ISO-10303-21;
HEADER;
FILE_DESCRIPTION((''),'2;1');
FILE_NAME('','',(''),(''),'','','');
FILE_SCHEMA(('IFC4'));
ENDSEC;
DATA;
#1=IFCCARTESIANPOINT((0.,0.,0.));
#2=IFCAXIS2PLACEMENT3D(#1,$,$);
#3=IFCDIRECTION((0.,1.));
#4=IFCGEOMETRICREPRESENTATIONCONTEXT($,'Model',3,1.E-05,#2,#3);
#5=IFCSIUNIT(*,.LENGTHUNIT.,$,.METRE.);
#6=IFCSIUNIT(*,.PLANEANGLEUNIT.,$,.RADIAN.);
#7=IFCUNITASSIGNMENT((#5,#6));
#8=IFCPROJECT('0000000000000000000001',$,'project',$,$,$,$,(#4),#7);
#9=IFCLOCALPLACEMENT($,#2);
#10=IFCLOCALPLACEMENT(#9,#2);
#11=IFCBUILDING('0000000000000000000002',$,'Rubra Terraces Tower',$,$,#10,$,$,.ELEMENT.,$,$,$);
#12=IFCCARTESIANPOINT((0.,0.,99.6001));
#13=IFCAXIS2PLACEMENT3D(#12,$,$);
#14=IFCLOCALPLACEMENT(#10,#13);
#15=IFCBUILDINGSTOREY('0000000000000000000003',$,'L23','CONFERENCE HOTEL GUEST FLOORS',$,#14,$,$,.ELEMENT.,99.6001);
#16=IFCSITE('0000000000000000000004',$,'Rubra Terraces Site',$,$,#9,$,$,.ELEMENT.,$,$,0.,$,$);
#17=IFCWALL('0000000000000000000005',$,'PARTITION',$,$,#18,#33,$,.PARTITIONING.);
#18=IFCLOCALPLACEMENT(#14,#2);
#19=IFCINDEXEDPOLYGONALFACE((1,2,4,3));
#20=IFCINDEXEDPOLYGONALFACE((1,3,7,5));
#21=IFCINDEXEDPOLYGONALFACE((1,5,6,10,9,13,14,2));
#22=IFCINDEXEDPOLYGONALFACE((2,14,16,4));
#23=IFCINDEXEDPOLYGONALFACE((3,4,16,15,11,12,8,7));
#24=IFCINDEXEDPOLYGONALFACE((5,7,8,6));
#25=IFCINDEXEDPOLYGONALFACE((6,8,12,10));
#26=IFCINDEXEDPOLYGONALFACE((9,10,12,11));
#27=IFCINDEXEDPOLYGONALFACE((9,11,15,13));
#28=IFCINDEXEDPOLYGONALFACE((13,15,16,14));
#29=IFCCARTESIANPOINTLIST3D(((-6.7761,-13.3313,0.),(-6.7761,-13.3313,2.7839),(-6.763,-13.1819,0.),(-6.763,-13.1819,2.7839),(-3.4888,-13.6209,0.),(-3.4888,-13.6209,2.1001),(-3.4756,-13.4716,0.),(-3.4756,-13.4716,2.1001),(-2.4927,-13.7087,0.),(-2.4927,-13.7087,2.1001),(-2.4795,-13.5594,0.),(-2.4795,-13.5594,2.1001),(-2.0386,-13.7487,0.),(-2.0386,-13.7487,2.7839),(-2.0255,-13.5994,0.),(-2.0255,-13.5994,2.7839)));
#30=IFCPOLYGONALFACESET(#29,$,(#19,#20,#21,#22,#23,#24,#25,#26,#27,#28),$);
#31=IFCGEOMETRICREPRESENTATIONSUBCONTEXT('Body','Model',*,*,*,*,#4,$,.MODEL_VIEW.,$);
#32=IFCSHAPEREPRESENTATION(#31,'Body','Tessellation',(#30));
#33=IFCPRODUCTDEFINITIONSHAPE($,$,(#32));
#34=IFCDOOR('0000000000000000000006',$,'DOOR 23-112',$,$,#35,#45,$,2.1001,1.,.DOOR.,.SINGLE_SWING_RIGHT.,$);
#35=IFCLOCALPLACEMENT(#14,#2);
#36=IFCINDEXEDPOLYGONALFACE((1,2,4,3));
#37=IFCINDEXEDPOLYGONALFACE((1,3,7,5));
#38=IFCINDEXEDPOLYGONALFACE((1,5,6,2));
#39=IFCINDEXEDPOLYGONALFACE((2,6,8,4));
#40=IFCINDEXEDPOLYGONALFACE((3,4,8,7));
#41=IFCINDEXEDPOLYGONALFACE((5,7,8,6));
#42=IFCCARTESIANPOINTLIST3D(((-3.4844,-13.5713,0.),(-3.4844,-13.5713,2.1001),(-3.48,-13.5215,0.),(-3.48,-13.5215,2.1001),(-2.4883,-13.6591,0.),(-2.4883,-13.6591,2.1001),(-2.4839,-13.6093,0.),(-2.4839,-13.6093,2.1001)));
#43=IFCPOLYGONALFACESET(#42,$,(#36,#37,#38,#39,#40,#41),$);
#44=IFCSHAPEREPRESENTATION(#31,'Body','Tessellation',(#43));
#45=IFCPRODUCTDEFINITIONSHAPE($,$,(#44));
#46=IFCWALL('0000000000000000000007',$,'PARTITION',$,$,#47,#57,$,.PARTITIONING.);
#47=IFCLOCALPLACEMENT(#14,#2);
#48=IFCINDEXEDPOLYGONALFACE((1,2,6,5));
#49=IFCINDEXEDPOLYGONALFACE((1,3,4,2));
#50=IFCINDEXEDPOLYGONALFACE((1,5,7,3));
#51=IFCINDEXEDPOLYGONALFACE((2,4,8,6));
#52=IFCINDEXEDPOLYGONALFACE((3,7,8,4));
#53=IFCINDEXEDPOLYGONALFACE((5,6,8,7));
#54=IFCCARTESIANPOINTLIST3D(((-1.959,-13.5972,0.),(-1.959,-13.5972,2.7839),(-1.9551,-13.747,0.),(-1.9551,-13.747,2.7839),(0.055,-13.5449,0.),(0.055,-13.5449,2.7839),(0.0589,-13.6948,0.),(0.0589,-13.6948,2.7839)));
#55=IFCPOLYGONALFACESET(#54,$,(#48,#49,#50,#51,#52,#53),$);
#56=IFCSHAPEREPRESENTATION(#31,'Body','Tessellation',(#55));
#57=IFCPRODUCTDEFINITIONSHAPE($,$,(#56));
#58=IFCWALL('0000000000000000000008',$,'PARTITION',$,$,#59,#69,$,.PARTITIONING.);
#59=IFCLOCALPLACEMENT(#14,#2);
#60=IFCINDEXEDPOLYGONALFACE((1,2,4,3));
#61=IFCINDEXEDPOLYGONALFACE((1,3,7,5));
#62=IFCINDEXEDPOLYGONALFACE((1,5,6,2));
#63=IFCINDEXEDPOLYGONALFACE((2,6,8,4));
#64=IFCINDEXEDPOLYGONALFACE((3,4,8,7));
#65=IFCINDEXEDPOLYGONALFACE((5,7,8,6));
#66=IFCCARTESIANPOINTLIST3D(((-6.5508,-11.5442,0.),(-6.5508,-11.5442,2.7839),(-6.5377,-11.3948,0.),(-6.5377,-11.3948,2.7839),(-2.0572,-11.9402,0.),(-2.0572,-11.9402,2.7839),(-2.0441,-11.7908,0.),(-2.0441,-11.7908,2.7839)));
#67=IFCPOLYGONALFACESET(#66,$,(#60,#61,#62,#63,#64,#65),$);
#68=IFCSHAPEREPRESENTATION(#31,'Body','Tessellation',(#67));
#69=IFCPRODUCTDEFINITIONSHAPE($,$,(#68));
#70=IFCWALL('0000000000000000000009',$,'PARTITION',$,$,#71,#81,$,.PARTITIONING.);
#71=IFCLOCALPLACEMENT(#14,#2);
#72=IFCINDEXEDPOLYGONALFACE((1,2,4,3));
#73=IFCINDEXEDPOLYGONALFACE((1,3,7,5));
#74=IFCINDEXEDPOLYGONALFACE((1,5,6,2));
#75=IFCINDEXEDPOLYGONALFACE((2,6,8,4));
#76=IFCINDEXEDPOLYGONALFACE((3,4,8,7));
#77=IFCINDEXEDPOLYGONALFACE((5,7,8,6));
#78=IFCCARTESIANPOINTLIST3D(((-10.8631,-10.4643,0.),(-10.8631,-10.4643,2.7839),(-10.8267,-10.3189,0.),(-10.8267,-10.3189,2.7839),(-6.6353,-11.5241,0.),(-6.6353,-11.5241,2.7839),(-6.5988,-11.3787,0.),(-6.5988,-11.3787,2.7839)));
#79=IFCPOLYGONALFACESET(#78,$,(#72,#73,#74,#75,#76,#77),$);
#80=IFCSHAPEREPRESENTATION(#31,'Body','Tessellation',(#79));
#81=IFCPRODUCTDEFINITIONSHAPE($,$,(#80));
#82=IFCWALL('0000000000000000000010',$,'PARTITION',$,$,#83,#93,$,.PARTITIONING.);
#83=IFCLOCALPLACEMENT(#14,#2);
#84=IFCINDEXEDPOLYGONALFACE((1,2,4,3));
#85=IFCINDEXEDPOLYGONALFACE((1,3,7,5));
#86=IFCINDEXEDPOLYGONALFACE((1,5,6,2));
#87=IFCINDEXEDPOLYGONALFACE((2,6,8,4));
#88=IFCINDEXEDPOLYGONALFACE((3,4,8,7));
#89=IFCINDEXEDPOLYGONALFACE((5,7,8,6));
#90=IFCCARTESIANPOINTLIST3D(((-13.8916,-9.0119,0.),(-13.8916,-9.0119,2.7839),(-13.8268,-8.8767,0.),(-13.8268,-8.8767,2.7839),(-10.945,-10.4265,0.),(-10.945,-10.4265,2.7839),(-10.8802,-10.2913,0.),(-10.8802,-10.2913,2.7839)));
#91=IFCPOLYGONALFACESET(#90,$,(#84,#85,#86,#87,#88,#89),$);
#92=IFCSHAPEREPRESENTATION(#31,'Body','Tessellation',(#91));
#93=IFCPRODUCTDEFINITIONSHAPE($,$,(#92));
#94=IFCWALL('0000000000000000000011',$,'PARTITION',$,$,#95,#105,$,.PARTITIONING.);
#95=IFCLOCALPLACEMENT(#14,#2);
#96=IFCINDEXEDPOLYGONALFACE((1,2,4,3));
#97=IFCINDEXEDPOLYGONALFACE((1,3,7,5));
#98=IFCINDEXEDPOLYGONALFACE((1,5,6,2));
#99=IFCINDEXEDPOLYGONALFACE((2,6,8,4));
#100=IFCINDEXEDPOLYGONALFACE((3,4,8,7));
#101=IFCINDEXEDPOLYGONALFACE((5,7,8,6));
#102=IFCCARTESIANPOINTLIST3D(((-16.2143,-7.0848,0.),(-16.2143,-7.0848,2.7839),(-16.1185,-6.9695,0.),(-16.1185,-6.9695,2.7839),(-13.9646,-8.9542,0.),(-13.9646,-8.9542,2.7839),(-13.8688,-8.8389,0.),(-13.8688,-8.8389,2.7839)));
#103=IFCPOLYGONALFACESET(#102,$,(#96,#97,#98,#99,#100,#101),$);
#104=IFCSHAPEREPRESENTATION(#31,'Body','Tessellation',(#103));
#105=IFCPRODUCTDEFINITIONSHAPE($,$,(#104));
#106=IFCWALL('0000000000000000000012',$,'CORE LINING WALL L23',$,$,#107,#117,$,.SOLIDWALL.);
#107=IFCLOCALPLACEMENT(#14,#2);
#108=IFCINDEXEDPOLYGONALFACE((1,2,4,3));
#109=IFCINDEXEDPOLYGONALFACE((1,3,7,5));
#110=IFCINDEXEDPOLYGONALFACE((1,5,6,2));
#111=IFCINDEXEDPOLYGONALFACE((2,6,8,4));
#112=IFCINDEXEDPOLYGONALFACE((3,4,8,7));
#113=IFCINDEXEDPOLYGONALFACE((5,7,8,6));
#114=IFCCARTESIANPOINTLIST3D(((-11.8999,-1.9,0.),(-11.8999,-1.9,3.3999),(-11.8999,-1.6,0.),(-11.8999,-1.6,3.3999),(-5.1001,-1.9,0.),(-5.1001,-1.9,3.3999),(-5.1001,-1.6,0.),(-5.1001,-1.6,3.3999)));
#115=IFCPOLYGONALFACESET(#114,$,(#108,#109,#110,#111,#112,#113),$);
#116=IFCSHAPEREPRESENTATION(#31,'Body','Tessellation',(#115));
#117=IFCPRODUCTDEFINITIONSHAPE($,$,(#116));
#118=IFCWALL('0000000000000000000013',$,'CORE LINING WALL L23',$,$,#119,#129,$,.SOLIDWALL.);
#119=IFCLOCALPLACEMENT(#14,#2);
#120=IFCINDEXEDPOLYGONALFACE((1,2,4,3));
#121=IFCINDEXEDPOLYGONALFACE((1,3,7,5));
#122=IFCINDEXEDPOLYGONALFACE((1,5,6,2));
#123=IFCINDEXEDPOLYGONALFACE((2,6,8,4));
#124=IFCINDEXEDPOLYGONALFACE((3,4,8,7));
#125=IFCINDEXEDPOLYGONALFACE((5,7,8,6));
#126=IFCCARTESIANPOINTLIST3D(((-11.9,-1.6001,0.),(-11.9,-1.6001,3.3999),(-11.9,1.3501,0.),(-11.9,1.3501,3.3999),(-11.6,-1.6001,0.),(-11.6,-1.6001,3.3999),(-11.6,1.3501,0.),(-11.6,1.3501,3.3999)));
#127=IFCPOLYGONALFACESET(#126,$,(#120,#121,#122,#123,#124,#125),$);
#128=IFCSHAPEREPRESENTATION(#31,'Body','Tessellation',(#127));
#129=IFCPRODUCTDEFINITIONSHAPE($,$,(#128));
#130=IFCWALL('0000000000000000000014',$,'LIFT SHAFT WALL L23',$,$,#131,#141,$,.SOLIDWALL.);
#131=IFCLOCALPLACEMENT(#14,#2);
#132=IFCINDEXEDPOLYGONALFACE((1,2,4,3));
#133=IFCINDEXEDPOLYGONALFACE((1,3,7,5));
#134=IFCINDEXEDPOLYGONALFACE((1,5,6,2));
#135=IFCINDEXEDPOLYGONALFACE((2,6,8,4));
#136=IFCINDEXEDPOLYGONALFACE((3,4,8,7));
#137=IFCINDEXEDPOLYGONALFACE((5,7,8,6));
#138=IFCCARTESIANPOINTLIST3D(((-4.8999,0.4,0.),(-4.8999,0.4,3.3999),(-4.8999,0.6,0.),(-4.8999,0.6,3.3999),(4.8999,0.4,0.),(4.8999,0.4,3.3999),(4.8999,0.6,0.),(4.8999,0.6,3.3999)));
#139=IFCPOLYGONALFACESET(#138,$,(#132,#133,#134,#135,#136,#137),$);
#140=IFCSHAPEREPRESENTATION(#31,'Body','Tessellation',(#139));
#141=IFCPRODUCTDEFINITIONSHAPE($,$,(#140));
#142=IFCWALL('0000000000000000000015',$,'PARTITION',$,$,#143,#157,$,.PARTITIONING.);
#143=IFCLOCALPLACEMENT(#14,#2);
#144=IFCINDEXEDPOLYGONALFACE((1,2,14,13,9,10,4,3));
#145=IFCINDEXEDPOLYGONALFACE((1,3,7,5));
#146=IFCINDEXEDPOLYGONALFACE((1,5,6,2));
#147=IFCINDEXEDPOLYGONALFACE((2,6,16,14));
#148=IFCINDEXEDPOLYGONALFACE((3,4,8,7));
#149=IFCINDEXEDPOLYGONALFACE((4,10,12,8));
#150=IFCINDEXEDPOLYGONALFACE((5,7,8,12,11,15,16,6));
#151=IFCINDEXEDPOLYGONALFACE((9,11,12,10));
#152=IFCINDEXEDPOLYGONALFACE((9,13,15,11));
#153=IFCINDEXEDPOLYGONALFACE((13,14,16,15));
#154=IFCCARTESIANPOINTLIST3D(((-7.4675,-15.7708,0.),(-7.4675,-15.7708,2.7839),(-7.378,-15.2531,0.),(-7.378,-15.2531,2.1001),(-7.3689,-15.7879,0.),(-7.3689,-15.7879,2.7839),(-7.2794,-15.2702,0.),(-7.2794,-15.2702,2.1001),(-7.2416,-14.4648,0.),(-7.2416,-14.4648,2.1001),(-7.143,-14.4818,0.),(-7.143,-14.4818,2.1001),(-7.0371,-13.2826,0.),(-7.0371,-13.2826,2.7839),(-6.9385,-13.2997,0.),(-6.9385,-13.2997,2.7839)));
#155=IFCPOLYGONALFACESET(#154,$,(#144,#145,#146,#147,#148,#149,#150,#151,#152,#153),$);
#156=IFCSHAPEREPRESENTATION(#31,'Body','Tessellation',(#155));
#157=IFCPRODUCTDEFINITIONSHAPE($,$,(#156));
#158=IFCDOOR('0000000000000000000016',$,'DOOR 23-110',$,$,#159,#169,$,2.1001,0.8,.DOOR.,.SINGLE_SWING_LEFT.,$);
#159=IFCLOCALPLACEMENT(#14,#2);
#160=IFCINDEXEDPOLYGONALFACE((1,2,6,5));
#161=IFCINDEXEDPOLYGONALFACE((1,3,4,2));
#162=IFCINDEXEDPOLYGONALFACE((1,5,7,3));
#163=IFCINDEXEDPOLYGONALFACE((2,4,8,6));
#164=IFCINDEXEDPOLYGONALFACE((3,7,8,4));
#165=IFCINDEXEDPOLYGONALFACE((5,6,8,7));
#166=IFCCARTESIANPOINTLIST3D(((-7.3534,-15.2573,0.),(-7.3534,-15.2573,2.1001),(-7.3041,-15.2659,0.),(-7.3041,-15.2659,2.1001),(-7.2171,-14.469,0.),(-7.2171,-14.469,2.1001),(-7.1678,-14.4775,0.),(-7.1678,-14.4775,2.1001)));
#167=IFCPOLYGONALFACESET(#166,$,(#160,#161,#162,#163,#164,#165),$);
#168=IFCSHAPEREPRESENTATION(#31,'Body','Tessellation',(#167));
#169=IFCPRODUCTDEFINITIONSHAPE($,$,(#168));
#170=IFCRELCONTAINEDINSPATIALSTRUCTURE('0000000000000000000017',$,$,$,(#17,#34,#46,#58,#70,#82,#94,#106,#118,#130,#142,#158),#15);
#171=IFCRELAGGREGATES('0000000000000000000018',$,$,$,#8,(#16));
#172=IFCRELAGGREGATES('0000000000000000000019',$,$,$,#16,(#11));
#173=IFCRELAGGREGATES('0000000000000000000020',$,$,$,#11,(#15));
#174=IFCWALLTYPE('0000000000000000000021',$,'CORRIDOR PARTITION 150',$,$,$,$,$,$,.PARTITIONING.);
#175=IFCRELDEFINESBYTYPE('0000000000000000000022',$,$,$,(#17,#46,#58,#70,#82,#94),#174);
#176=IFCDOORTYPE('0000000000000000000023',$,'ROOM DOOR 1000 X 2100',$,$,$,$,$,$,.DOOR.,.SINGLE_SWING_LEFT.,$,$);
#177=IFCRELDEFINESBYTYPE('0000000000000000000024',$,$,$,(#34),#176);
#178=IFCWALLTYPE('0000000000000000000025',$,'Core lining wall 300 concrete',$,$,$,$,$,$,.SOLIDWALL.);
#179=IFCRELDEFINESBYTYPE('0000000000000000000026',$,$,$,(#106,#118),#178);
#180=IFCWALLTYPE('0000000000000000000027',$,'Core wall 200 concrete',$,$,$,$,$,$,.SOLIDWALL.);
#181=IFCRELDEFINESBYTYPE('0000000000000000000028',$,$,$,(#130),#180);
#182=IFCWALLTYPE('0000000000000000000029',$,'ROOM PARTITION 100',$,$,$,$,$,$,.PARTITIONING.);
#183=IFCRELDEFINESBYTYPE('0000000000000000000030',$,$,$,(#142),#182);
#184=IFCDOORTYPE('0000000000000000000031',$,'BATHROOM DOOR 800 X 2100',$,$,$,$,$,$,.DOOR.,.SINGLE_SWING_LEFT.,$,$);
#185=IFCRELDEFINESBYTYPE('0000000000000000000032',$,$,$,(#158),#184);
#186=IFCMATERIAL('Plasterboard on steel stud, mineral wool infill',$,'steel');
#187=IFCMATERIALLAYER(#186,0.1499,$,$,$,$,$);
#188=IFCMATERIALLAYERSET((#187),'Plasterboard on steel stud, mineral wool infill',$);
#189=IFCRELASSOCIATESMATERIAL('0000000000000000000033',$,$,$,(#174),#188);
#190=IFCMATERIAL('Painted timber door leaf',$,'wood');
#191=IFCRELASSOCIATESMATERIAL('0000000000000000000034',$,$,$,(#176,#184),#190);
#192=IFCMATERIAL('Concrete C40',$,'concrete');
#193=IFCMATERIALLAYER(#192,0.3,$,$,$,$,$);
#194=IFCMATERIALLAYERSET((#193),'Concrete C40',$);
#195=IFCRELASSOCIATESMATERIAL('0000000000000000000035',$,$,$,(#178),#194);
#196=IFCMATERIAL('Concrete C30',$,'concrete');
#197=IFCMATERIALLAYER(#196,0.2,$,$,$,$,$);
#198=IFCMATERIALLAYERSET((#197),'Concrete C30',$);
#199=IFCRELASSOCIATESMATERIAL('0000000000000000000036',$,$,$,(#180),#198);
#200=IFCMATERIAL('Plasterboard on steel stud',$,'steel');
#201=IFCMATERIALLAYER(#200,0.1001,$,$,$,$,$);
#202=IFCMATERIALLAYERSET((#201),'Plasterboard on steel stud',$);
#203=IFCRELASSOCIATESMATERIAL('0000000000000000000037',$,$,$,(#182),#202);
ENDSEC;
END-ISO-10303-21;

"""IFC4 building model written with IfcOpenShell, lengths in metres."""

from ifc_helpers import new_model, si_unit, direction, frame, frame_2d, origin, place, context, subcontext, project, spatial, rectangle, extrude, material, layer, layer_set, type_object, element, fill, save


model = new_model("IFC4")

# Units and contexts
model_context = context("Model", 3, precision=1e-05, world=origin(), true_north=direction((0.0, 1.0)))
body_context = subcontext(model_context, "Body", "Model", "MODEL_VIEW")
ifc_project = project(units=[si_unit("LENGTHUNIT", "METRE"), si_unit("PLANEANGLEUNIT", "RADIAN")], contexts=[model_context])

# Site, building, storey
site_placement = place(None, origin())
site = spatial("IfcSite", under=ifc_project, at=site_placement, Name="Rubra Terraces Site", CompositionType="ELEMENT", RefElevation=0.0)
building_placement = place(site_placement, origin())
building = spatial("IfcBuilding", under=site, at=building_placement, Name="Rubra Terraces Tower", CompositionType="ELEMENT")
storey_placement = place(building_placement, frame((0.0, 0.0, 99.6001)))
storey = spatial("IfcBuildingStorey", under=building, at=storey_placement, Name="L23", Description="CONFERENCE HOTEL GUEST FLOORS", CompositionType="ELEMENT", Elevation=99.6001)

# Shared definitions
ifc_material_1 = material(Name="Concrete C40", Category="concrete")

# Shared definitions
ifc_material_2 = material(Name="Plasterboard on steel stud, mineral wool infill", Category="steel")
ifc_layer_1 = layer(ifc_material_2, 0.1499)
ifc_layer_set_1 = layer_set([ifc_layer_1], Name="Plasterboard on steel stud, mineral wool infill")
wall_type_1 = type_object("IfcWallType", Name="CORRIDOR PARTITION 150", PredefinedType="PARTITIONING", material=ifc_layer_set_1)

# Wall, opening, door
wall_1_placement = place(storey_placement, frame((-6.7695, -13.2566, 0.0), z_axis=(0.0, 0.0, 1.0), x_axis=(0.99614, -0.087781, 0.0)))
wall_1 = element("IfcWall", 1, at=wall_1_placement, inside=storey, type_object=wall_type_1, Name="PARTITION", PredefinedType="PARTITIONING", context=body_context, shape_type="SweptSolid", body=[
    extrude(rectangle(XDim=4.7559, YDim=0.1499, at=frame_2d((2.3779, 0.0))), origin(), (0.0, 0.0, 1.0), 2.7839),
])
opening_1_placement = place(wall_1_placement, frame((3.3, 0.0, 0.0)))
opening_1 = element("IfcOpeningElement", 2, at=opening_1_placement, cuts=wall_1, PredefinedType="OPENING", context=body_context, shape_type="SweptSolid", body=[
    extrude(rectangle(XDim=1.0, YDim=2.1001, at=frame_2d((0.5, 1.05))), frame((0.0, 0.085, 0.0), z_axis=(0.0, -1.0, 0.0), x_axis=(1.0, 0.0, 0.0)), (0.0, 0.0, 1.0), 0.1699),
])
ifc_material_3 = material(Name="Painted timber door leaf", Category="wood")
door_type_1 = type_object("IfcDoorType", Name="ROOM DOOR 1000 X 2100", OperationType="SINGLE_SWING_LEFT", PredefinedType="DOOR", material=ifc_material_3)
door_1_placement = place(opening_1_placement, origin())
door_1 = element("IfcDoor", 3, at=door_1_placement, inside=storey, type_object=door_type_1, Name="DOOR 23-112", OperationType="SINGLE_SWING_RIGHT", OverallHeight=2.1001, OverallWidth=1.0, PredefinedType="DOOR", context=body_context, shape_type="SweptSolid", body=[
    extrude(rectangle(XDim=1.0, YDim=2.1001, at=frame_2d((0.5, 1.05))), frame((0.0, 0.0249, 0.0), z_axis=(0.0, -1.0, 0.0), x_axis=(1.0, 0.0, 0.0)), (0.0, 0.0, 1.0), 0.05),
])
fill(opening_1, door_1)

# Walls
wall_2_placement = place(storey_placement, frame((-1.957, -13.6721, 0.0), z_axis=(0.0, 0.0, 1.0), x_axis=(0.999664, 0.025934, 0.0)))
element("IfcWall", 4, at=wall_2_placement, inside=storey, type_object=wall_type_1, Name="PARTITION", PredefinedType="PARTITIONING", context=body_context, shape_type="SweptSolid", body=[
    extrude(rectangle(XDim=2.0146, YDim=0.1499, at=frame_2d((1.0073, 0.0))), origin(), (0.0, 0.0, 1.0), 2.7839),
])
wall_3_placement = place(storey_placement, frame((-2.0508, -11.8655, 0.0), z_axis=(0.0, 0.0, 1.0), x_axis=(-0.99614, 0.087783, 0.0)))
element("IfcWall", 5, at=wall_3_placement, inside=storey, type_object=wall_type_1, Name="PARTITION", PredefinedType="PARTITIONING", context=body_context, shape_type="SweptSolid", body=[
    extrude(rectangle(XDim=4.511, YDim=0.1499, at=frame_2d((2.2554, 0.0))), origin(), (0.0, 0.0, 1.0), 2.7839),
])
wall_4_placement = place(storey_placement, frame((-6.6172, -11.4514, 0.0), z_axis=(0.0, 0.0, 1.0), x_axis=(-0.969987, 0.243155, 0.0)))
element("IfcWall", 6, at=wall_4_placement, inside=storey, type_object=wall_type_1, Name="PARTITION", PredefinedType="PARTITIONING", context=body_context, shape_type="SweptSolid", body=[
    extrude(rectangle(XDim=4.3586, YDim=0.1499, at=frame_2d((2.1792, 0.0))), origin(), (0.0, 0.0, 1.0), 2.7839),
])
wall_5_placement = place(storey_placement, frame((-10.9126, -10.3589, 0.0), z_axis=(0.0, 0.0, 1.0), x_axis=(-0.901497, 0.432784, 0.0)))
element("IfcWall", 7, at=wall_5_placement, inside=storey, type_object=wall_type_1, Name="PARTITION", PredefinedType="PARTITIONING", context=body_context, shape_type="SweptSolid", body=[
    extrude(rectangle(XDim=3.2686, YDim=0.1499, at=frame_2d((1.6343, 0.0))), origin(), (0.0, 0.0, 1.0), 2.7839),
])
wall_6_placement = place(storey_placement, frame((-13.9167, -8.8965, 0.0), z_axis=(0.0, 0.0, 1.0), x_axis=(-0.76913, 0.639092, 0.0)))
element("IfcWall", 8, at=wall_6_placement, inside=storey, type_object=wall_type_1, Name="PARTITION", PredefinedType="PARTITIONING", context=body_context, shape_type="SweptSolid", body=[
    extrude(rectangle(XDim=2.925, YDim=0.1499, at=frame_2d((1.4624, 0.0))), origin(), (0.0, 0.0, 1.0), 2.7839),
])
ifc_layer_2 = layer(ifc_material_1, 0.3)
ifc_layer_set_2 = layer_set([ifc_layer_2], Name="Concrete C40")
wall_type_2 = type_object("IfcWallType", Name="Core lining wall 300 concrete", PredefinedType="SOLIDWALL", material=ifc_layer_set_2)
wall_7_placement = place(storey_placement, frame((-11.8999, -1.75, 0.0), z_axis=(0.0, 0.0, 1.0), x_axis=(1.0, 0.0, 0.0)))
element("IfcWall", 9, at=wall_7_placement, inside=storey, type_object=wall_type_2, Name="CORE LINING WALL L23", PredefinedType="SOLIDWALL", context=body_context, shape_type="SweptSolid", body=[
    extrude(rectangle(XDim=6.7998, YDim=0.3, at=frame_2d((3.3999, 0.0))), origin(), (0.0, 0.0, 1.0), 3.3999),
])
wall_8_placement = place(storey_placement, frame((-11.75, -1.6001, 0.0), z_axis=(0.0, 0.0, 1.0), x_axis=(0.0, 1.0, 0.0)))
element("IfcWall", 10, at=wall_8_placement, inside=storey, type_object=wall_type_2, Name="CORE LINING WALL L23", PredefinedType="SOLIDWALL", context=body_context, shape_type="SweptSolid", body=[
    extrude(rectangle(XDim=2.9502, YDim=0.3, at=frame_2d((1.4751, 0.0))), origin(), (0.0, 0.0, 1.0), 3.3999),
])
ifc_material_4 = material(Name="Concrete C30", Category="concrete")
ifc_layer_3 = layer(ifc_material_4, 0.2)
ifc_layer_set_3 = layer_set([ifc_layer_3], Name="Concrete C30")
wall_type_3 = type_object("IfcWallType", Name="Core wall 200 concrete", PredefinedType="SOLIDWALL", material=ifc_layer_set_3)
wall_9_placement = place(storey_placement, frame((-4.8999, 0.5, 0.0), z_axis=(0.0, 0.0, 1.0), x_axis=(1.0, 0.0, 0.0)))
element("IfcWall", 11, at=wall_9_placement, inside=storey, type_object=wall_type_3, Name="LIFT SHAFT WALL L23", PredefinedType="SOLIDWALL", context=body_context, shape_type="SweptSolid", body=[
    extrude(rectangle(XDim=9.7998, YDim=0.2, at=frame_2d((4.8999, 0.0))), origin(), (0.0, 0.0, 1.0), 3.3999),
])

# Wall, opening, door
ifc_material_5 = material(Name="Plasterboard on steel stud", Category="steel")
ifc_layer_4 = layer(ifc_material_5, 0.1001)
ifc_layer_set_4 = layer_set([ifc_layer_4], Name="Plasterboard on steel stud")
wall_type_4 = type_object("IfcWallType", Name="ROOM PARTITION 100", PredefinedType="PARTITIONING", material=ifc_layer_set_4)
wall_10_placement = place(storey_placement, frame((-6.9878, -13.291, 0.0), z_axis=(0.0, 0.0, 1.0), x_axis=(-0.170448, -0.985367, 0.0)))
wall_10 = element("IfcWall", 12, at=wall_10_placement, inside=storey, type_object=wall_type_4, Name="PARTITION", PredefinedType="PARTITIONING", context=body_context, shape_type="SweptSolid", body=[
    extrude(rectangle(XDim=2.5251, YDim=0.1001, at=frame_2d((1.2627, 0.0))), origin(), (0.0, 0.0, 1.0), 2.7839),
])
opening_2_placement = place(wall_10_placement, frame((1.2, 0.0, 0.0)))
opening_2 = element("IfcOpeningElement", 13, at=opening_2_placement, cuts=wall_10, PredefinedType="OPENING", context=body_context, shape_type="SweptSolid", body=[
    extrude(rectangle(XDim=0.8, YDim=2.1001, at=frame_2d((0.3999, 1.05))), frame((0.0, 0.0601, 0.0), z_axis=(0.0, -1.0, 0.0), x_axis=(1.0, 0.0, 0.0)), (0.0, 0.0, 1.0), 0.1201),
])
door_type_2 = type_object("IfcDoorType", Name="BATHROOM DOOR 800 X 2100", OperationType="SINGLE_SWING_LEFT", PredefinedType="DOOR", material=ifc_material_3)
door_2_placement = place(opening_2_placement, origin())
door_2 = element("IfcDoor", 14, at=door_2_placement, inside=storey, type_object=door_type_2, Name="DOOR 23-110", OperationType="SINGLE_SWING_LEFT", OverallHeight=2.1001, OverallWidth=0.8, PredefinedType="DOOR", context=body_context, shape_type="SweptSolid", body=[
    extrude(rectangle(XDim=0.8, YDim=2.1001, at=frame_2d((0.3999, 1.05))), frame((0.0, 0.0249, 0.0), z_axis=(0.0, -1.0, 0.0), x_axis=(1.0, 0.0, 0.0)), (0.0, 0.0, 1.0), 0.05),
])
fill(opening_2, door_2)

save(model, "model.ifc")
